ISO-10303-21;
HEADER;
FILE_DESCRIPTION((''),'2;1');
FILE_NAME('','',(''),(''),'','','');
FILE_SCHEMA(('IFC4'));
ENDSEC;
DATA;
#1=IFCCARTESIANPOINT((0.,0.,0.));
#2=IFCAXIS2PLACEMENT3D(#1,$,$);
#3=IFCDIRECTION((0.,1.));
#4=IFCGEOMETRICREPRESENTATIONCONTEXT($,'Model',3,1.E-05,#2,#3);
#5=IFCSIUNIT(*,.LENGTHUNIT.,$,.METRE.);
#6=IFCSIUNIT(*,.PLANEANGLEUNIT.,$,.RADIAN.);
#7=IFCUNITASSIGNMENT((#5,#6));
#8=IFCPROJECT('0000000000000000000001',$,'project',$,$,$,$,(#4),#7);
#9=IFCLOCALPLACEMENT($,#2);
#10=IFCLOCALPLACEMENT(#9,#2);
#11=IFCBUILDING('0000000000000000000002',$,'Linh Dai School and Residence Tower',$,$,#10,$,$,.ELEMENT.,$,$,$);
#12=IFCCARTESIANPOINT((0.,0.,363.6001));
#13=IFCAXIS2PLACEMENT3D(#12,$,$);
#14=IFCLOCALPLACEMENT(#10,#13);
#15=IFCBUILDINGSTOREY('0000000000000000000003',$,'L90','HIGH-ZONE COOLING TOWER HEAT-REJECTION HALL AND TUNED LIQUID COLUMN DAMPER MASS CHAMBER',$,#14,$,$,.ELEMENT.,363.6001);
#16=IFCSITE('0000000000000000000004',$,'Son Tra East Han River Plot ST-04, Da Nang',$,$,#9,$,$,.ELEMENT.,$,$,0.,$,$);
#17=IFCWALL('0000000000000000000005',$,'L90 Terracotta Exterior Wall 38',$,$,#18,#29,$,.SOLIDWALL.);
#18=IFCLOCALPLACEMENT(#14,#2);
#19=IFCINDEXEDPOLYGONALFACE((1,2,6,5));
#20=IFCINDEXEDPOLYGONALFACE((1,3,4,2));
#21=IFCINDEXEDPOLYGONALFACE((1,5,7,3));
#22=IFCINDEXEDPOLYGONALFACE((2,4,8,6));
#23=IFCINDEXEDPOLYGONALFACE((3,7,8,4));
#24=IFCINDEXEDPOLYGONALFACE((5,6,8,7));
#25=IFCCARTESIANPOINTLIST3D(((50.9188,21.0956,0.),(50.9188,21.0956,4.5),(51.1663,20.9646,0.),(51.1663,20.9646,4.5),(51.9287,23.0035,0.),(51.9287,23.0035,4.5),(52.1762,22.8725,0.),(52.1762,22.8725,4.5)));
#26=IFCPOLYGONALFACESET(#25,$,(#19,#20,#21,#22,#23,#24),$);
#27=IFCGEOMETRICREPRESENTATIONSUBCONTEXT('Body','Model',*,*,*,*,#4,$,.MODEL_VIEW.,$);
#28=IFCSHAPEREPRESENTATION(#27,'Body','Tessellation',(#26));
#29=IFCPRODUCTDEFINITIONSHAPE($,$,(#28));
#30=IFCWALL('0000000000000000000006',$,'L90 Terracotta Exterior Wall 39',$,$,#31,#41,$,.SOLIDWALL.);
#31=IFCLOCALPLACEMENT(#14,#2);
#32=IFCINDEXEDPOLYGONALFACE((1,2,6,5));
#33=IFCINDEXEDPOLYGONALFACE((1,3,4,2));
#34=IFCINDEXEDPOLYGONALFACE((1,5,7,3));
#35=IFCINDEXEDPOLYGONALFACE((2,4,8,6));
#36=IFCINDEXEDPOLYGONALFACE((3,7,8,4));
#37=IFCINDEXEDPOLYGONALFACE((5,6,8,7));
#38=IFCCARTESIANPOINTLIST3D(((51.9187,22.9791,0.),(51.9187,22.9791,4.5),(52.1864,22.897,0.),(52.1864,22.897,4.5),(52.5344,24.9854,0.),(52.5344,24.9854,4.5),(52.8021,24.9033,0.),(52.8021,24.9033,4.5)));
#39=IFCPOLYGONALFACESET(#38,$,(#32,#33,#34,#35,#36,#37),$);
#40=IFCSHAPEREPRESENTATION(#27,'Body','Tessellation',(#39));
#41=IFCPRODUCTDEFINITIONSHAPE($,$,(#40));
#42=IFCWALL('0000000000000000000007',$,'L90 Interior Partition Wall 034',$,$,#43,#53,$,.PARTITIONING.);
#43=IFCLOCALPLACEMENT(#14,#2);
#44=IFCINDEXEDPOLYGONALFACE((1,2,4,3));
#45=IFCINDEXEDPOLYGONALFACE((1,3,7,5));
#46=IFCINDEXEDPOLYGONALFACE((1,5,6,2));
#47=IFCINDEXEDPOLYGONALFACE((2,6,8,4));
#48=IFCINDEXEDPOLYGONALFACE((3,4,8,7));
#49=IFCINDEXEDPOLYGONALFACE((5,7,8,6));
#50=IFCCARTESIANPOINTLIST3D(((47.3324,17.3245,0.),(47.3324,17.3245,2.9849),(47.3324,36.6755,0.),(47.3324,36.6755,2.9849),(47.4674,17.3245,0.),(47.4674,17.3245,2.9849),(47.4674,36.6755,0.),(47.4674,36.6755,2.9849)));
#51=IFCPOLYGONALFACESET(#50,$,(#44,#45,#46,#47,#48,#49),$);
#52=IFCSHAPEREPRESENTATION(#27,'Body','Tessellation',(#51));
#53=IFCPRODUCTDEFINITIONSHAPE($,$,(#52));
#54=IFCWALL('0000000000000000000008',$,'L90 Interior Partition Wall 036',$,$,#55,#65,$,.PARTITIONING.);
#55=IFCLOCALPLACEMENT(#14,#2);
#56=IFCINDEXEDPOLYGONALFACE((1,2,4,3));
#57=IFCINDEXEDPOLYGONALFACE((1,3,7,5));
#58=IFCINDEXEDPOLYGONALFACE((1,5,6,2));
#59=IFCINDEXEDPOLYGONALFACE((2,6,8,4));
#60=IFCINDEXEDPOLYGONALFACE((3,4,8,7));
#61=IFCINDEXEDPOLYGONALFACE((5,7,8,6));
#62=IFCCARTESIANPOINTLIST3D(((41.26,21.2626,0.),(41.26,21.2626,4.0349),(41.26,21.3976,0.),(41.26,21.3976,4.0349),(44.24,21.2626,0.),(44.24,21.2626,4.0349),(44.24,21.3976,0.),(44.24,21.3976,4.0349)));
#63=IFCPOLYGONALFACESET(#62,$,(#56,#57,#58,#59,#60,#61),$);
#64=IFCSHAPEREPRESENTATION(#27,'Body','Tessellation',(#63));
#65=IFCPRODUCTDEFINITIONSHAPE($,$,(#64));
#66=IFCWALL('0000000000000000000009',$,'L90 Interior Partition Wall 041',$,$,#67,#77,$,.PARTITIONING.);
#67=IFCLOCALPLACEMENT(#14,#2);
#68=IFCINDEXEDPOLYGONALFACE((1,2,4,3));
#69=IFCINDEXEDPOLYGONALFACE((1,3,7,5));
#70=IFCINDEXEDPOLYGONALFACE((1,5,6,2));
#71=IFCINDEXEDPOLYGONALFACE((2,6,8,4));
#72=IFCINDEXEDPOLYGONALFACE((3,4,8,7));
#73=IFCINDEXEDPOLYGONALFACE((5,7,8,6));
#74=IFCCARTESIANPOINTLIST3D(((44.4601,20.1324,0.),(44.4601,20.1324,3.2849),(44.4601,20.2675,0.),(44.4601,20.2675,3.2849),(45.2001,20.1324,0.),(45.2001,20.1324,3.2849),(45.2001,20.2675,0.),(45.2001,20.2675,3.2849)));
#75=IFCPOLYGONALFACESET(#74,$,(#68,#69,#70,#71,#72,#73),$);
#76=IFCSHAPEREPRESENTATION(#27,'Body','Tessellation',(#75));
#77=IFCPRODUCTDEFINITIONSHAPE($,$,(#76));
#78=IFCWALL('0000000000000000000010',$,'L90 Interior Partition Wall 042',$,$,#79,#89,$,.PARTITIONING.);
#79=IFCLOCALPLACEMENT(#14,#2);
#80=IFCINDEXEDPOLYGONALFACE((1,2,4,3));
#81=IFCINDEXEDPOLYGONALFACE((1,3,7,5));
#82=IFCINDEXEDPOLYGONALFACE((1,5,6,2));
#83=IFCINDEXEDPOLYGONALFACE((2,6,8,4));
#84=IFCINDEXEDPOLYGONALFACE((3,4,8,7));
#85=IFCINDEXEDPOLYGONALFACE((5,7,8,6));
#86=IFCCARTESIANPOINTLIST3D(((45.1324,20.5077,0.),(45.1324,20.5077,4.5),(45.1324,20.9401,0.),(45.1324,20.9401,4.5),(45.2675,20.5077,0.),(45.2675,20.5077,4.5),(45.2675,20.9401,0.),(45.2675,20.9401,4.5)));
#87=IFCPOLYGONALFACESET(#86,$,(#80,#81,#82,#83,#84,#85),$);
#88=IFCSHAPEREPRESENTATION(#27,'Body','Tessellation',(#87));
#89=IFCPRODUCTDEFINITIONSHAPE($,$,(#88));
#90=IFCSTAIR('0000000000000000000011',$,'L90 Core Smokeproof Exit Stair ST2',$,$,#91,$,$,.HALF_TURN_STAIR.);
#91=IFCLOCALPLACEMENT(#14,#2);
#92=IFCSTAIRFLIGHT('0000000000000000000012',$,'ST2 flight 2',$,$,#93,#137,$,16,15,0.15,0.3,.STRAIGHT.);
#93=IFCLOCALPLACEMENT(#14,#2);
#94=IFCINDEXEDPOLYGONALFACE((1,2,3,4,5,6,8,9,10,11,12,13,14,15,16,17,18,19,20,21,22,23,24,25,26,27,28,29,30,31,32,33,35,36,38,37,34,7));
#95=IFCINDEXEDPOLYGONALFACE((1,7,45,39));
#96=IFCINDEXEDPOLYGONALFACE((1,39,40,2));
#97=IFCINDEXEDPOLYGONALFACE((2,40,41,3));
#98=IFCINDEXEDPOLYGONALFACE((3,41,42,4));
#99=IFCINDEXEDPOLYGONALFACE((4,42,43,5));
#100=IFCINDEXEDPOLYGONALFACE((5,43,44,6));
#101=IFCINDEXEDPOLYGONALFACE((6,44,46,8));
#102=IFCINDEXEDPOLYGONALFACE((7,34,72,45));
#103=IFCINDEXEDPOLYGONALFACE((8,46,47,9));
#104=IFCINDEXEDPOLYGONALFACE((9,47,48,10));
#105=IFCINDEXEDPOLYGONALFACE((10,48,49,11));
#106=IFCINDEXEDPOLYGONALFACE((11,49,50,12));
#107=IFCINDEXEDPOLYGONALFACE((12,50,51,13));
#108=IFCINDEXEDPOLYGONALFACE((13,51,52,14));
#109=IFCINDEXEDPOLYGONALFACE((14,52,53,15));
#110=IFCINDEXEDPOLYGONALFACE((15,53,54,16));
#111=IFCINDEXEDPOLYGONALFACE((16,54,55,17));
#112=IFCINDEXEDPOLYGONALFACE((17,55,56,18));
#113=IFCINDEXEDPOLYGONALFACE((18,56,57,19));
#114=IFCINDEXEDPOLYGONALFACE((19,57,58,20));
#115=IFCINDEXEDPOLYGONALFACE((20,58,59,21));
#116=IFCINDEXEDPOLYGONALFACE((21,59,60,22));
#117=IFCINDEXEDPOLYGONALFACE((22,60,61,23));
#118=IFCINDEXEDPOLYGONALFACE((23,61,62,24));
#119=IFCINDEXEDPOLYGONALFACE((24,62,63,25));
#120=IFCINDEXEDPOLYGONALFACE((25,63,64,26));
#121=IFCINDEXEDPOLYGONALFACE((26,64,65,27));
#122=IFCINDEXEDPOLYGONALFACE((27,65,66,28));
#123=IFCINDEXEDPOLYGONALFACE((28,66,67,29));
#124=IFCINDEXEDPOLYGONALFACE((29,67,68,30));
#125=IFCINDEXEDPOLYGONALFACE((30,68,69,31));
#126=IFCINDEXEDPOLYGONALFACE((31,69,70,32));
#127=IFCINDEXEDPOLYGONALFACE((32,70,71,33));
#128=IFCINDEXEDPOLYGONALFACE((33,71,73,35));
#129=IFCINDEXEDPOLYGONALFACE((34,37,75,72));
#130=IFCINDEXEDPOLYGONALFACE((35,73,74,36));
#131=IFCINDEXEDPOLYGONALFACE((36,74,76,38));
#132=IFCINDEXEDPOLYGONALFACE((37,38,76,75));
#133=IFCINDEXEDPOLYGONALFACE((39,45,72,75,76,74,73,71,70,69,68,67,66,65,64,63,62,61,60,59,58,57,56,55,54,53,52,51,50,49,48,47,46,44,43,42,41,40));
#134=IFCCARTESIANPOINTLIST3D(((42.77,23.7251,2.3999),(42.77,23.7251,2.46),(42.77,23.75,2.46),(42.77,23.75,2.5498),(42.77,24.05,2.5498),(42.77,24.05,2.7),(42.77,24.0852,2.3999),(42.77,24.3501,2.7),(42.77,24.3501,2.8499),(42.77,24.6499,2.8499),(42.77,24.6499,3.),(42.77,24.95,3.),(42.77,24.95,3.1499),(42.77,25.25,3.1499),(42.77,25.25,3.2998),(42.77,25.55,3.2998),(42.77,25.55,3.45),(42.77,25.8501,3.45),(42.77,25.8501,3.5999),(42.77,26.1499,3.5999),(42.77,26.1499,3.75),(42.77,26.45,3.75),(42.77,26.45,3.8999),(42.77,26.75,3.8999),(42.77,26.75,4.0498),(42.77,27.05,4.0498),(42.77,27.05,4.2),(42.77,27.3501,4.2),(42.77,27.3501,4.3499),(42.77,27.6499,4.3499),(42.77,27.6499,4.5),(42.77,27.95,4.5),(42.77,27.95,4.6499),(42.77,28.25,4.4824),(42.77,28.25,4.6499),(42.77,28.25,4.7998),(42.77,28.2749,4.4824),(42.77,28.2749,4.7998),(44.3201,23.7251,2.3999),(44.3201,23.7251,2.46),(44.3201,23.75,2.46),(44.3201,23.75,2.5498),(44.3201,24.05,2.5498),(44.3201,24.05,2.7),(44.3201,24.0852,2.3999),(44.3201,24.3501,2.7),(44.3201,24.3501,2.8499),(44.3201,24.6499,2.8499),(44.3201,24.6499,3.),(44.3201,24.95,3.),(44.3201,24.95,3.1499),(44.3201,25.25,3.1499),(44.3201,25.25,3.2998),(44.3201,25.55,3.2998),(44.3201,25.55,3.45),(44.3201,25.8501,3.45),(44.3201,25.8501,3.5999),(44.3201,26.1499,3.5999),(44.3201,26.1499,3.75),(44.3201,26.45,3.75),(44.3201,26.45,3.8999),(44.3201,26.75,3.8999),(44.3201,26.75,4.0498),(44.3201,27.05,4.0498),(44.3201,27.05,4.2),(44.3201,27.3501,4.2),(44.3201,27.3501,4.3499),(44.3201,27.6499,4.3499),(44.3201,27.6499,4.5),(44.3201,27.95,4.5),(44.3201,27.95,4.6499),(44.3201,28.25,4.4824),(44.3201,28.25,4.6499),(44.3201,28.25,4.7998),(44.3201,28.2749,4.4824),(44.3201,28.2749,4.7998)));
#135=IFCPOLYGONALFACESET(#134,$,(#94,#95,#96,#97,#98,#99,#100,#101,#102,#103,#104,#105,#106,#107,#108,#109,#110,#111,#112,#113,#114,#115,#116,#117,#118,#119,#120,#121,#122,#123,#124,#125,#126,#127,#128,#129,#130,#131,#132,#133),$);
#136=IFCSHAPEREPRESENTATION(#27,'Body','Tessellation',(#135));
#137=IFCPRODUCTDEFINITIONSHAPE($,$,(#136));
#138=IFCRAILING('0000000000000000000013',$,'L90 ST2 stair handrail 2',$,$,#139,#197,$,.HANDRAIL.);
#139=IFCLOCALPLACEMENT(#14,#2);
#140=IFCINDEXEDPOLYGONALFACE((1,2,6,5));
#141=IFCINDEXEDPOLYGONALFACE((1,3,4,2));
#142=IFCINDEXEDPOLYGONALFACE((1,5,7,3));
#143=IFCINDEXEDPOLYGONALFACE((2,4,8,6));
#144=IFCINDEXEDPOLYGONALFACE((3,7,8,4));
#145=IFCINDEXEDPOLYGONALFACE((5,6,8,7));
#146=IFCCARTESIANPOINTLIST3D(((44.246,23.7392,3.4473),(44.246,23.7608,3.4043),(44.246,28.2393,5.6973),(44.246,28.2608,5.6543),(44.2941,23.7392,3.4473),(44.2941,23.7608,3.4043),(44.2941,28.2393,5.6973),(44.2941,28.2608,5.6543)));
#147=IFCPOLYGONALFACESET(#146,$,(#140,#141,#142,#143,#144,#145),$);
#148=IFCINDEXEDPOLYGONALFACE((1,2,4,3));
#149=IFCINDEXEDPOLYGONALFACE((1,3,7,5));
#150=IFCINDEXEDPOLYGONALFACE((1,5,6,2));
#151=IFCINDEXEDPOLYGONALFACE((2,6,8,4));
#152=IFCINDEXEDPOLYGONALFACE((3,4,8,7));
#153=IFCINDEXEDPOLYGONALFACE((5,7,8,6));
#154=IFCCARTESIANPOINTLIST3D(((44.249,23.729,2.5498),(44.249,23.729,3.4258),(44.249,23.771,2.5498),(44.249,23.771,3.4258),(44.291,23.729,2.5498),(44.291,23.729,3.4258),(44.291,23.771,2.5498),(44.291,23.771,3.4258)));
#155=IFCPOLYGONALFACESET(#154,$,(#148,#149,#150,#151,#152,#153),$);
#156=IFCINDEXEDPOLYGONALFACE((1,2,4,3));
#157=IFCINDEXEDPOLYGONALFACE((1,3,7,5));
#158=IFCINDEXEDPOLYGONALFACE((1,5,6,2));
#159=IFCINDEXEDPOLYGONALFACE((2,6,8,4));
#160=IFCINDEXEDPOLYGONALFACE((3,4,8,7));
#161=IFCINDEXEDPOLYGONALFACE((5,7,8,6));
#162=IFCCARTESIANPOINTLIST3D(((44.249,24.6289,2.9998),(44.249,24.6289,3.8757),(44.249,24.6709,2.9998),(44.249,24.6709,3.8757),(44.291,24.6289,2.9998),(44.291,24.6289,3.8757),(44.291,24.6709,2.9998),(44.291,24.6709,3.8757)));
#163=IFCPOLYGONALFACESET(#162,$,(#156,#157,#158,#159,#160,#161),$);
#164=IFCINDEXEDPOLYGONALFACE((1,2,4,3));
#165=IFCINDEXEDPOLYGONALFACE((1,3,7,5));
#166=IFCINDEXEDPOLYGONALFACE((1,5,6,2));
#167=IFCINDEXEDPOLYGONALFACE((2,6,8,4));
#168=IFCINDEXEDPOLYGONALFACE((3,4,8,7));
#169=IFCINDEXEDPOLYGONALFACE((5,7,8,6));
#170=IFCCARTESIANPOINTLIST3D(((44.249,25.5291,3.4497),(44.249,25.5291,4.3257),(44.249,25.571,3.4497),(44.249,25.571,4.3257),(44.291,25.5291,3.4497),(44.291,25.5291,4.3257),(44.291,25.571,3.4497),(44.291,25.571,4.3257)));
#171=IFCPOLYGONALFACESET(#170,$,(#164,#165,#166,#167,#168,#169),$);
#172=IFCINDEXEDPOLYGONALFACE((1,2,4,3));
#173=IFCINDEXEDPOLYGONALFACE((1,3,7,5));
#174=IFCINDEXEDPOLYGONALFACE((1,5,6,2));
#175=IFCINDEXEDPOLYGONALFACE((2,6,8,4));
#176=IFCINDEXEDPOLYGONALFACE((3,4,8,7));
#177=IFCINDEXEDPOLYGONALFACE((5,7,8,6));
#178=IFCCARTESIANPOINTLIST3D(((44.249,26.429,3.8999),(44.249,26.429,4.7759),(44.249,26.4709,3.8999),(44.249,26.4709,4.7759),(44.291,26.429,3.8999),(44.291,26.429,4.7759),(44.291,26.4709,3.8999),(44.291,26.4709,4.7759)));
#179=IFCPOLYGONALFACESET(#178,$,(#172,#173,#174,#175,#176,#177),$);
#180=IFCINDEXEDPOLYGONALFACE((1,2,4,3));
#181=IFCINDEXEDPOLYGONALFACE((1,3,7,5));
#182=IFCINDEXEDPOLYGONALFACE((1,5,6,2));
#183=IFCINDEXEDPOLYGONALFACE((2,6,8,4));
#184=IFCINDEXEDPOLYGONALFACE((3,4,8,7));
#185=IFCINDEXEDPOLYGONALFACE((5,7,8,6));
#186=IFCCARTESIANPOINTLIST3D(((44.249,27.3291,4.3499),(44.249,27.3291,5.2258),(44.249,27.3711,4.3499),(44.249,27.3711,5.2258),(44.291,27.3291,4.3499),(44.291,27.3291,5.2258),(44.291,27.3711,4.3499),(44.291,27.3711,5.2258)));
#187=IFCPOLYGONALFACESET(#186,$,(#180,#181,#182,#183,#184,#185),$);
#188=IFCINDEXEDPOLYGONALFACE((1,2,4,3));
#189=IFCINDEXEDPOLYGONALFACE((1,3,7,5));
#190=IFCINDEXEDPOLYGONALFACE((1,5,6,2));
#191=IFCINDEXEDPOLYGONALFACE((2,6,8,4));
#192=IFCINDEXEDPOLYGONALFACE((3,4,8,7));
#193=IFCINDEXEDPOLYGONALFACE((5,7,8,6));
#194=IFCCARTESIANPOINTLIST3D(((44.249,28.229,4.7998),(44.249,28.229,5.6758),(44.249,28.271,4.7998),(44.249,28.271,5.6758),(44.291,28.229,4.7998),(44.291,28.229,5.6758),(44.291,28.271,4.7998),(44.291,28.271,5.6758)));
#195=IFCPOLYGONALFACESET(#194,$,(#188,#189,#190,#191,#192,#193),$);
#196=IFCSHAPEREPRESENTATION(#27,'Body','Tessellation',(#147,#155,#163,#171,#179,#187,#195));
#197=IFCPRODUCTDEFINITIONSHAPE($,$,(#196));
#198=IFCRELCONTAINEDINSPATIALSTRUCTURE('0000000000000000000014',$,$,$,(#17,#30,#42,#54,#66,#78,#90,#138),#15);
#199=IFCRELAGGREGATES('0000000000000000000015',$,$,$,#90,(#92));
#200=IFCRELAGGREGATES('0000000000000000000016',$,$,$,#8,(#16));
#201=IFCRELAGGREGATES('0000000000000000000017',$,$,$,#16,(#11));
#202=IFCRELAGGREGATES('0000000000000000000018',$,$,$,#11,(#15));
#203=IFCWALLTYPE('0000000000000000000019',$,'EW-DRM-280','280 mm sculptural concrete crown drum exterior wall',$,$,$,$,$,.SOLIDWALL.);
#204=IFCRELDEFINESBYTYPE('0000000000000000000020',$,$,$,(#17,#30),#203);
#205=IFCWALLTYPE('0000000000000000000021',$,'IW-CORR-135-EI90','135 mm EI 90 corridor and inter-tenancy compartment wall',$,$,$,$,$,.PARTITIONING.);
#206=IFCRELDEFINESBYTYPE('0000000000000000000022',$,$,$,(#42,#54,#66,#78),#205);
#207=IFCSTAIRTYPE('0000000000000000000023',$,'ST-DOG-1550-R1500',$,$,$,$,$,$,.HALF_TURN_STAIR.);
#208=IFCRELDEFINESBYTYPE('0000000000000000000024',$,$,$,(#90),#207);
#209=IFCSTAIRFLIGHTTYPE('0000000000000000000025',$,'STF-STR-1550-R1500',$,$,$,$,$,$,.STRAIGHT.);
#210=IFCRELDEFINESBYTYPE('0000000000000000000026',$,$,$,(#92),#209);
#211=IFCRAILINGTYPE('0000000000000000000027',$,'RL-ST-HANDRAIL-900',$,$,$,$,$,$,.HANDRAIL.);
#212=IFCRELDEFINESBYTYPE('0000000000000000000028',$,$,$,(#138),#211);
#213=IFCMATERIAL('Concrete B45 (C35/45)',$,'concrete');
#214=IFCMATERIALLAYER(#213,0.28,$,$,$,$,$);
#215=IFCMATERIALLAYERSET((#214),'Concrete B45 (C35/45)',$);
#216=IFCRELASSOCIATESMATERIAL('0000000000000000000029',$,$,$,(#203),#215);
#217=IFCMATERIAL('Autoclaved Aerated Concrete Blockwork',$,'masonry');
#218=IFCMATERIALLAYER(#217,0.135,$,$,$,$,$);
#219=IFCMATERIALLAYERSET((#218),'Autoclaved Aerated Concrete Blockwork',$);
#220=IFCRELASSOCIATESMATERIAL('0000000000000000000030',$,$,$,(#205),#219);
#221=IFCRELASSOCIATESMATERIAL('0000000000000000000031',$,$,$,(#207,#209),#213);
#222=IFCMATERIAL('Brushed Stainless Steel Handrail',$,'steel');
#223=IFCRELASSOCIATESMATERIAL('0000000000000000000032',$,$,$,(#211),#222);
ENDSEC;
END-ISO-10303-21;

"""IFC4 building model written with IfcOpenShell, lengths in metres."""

from ifc_helpers import new_model, si_unit, direction, frame, frame_2d, origin, origin_2d, place, context, subcontext, project, spatial, polyline, rectangle, outline, extrude, source, transform, mapped, material, layer, layer_set, type_object, element, aggregate, save


model = new_model("IFC4")

# Units and contexts
model_context = context("Model", 3, precision=1e-05, world=origin(), true_north=direction((0.0, 1.0)))
body_context = subcontext(model_context, "Body", "Model", "MODEL_VIEW")
ifc_project = project(units=[si_unit("LENGTHUNIT", "METRE"), si_unit("PLANEANGLEUNIT", "RADIAN")], contexts=[model_context])

# Site, building, storey
site_placement = place(None, origin())
site = spatial("IfcSite", under=ifc_project, at=site_placement, Name="Son Tra East Han River Plot ST-04, Da Nang", CompositionType="ELEMENT", RefElevation=0.0)
building_placement = place(site_placement, origin())
building = spatial("IfcBuilding", under=site, at=building_placement, Name="Linh Dai School and Residence Tower", CompositionType="ELEMENT")
storey_placement = place(building_placement, frame((0.0, 0.0, 363.6001)))
storey = spatial("IfcBuildingStorey", under=building, at=storey_placement, Name="L90", Description="HIGH-ZONE COOLING TOWER HEAT-REJECTION HALL AND TUNED LIQUID COLUMN DAMPER MASS CHAMBER", CompositionType="ELEMENT", Elevation=363.6001)

# Shared definitions
ifc_material_1 = material(Name="Concrete B45 (C35/45)", Category="concrete")

# Walls
ifc_layer_1 = layer(ifc_material_1, 0.28)
ifc_layer_set_1 = layer_set([ifc_layer_1], Name="Concrete B45 (C35/45)")
wall_type_1 = type_object("IfcWallType", Name="EW-DRM-280", Description="280 mm sculptural concrete crown drum exterior wall", PredefinedType="SOLIDWALL", material=ifc_layer_set_1)
wall_1_placement = place(storey_placement, frame((52.0525, 22.938, 0.0), z_axis=(0.0, 0.0, 1.0), x_axis=(-0.467857, -0.883804, 0.0)))
element("IfcWall", 1, at=wall_1_placement, inside=storey, type_object=wall_type_1, Name="L90 Terracotta Exterior Wall 38", PredefinedType="SOLIDWALL", context=body_context, shape_type="SweptSolid", body=[
    extrude(rectangle(XDim=2.1587, YDim=0.28, at=frame_2d((1.0793, 0.0))), origin(), (0.0, 0.0, 1.0), 4.5),
])
wall_2_placement = place(storey_placement, frame((52.6682, 24.9443, 0.0), z_axis=(0.0, 0.0, 1.0), x_axis=(-0.293383, -0.955995, 0.0)))
element("IfcWall", 2, at=wall_2_placement, inside=storey, type_object=wall_type_1, Name="L90 Terracotta Exterior Wall 39", PredefinedType="SOLIDWALL", context=body_context, shape_type="SweptSolid", body=[
    extrude(rectangle(XDim=2.0986, YDim=0.28, at=frame_2d((1.0493, 0.0))), origin(), (0.0, 0.0, 1.0), 4.5),
])
ifc_material_2 = material(Name="Autoclaved Aerated Concrete Blockwork", Category="masonry")
ifc_layer_2 = layer(ifc_material_2, 0.135)
ifc_layer_set_2 = layer_set([ifc_layer_2], Name="Autoclaved Aerated Concrete Blockwork")
wall_type_2 = type_object("IfcWallType", Name="IW-CORR-135-EI90", Description="135 mm EI 90 corridor and inter-tenancy compartment wall", PredefinedType="PARTITIONING", material=ifc_layer_set_2)
wall_3_placement = place(storey_placement, frame((47.3999, 17.3245, 0.0), z_axis=(0.0, 0.0, 1.0), x_axis=(0.0, 1.0, 0.0)))
element("IfcWall", 3, at=wall_3_placement, inside=storey, type_object=wall_type_2, Name="L90 Interior Partition Wall 034", PredefinedType="PARTITIONING", context=body_context, shape_type="SweptSolid", body=[
    extrude(rectangle(XDim=19.3511, YDim=0.135, at=frame_2d((9.6755, 0.0))), origin(), (0.0, 0.0, 1.0), 2.9849),
])
wall_4_placement = place(storey_placement, frame((44.24, 21.3301, 0.0), z_axis=(0.0, 0.0, 1.0), x_axis=(-1.0, 0.0, 0.0)))
element("IfcWall", 4, at=wall_4_placement, inside=storey, type_object=wall_type_2, Name="L90 Interior Partition Wall 036", PredefinedType="PARTITIONING", context=body_context, shape_type="SweptSolid", body=[
    extrude(rectangle(XDim=2.98, YDim=0.135, at=frame_2d((1.49, 0.0))), origin(), (0.0, 0.0, 1.0), 4.0349),
])
wall_5_placement = place(storey_placement, frame((44.46, 20.2, 0.0), z_axis=(0.0, 0.0, 1.0), x_axis=(1.0, 0.0, 0.0)))
element("IfcWall", 5, at=wall_5_placement, inside=storey, type_object=wall_type_2, Name="L90 Interior Partition Wall 041", PredefinedType="PARTITIONING", context=body_context, shape_type="SweptSolid", body=[
    extrude(rectangle(XDim=0.74, YDim=0.135, at=frame_2d((0.3701, 0.0))), origin(), (0.0, 0.0, 1.0), 3.2849),
])
wall_6_placement = place(storey_placement, frame((45.2, 20.5076, 0.0), z_axis=(0.0, 0.0, 1.0), x_axis=(0.0, 1.0, 0.0)))
element("IfcWall", 6, at=wall_6_placement, inside=storey, type_object=wall_type_2, Name="L90 Interior Partition Wall 042", PredefinedType="PARTITIONING", context=body_context, shape_type="SweptSolid", body=[
    extrude(rectangle(XDim=0.4324, YDim=0.135, at=frame_2d((0.2163, 0.0))), origin(), (0.0, 0.0, 1.0), 4.5),
])

# Stair, stair flight
stair_type = type_object("IfcStairType", Name="ST-DOG-1550-R1500", PredefinedType="HALF_TURN_STAIR", material=ifc_material_1)
stair_placement = place(storey_placement, origin())
stair = element("IfcStair", 7, at=stair_placement, inside=storey, type_object=stair_type, Name="L90 Core Smokeproof Exit Stair ST2", PredefinedType="HALF_TURN_STAIR")
stair_flight_type = type_object("IfcStairFlightType", Name="STF-STR-1550-R1500", PredefinedType="STRAIGHT", material=ifc_material_1)
shared_shape_1 = source(origin(), body_context, "Body", "SweptSolid", [
    extrude(outline(polyline([(-0.0249, 0.0), (-0.0249, 0.0601), (0.0, 0.0601), (0.0, 0.1499), (0.3, 0.1499), (0.3, 0.3), (0.6001, 0.3), (0.6001, 0.45), (0.8999, 0.45), (0.8999, 0.6001), (1.2, 0.6001), (1.2, 0.75), (1.5, 0.75), (1.5, 0.8999), (1.8, 0.8999), (1.8, 1.05), (2.1001, 1.05), (2.1001, 1.2), (2.3999, 1.2), (2.3999, 1.3501), (2.7, 1.3501), (2.7, 1.5), (3.0, 1.5), (3.0, 1.6499), (3.3, 1.6499), (3.3, 1.8), (3.6001, 1.8), (3.6001, 1.95), (3.8999, 1.95), (3.8999, 2.1001), (4.2, 2.1001), (4.2, 2.25), (4.5, 2.25), (4.5, 2.3999), (4.5249, 2.3999), (4.5249, 2.0825), (4.5, 2.0825), (0.3352, 0.0), (-0.0249, 0.0)])), frame((0.0, 0.7749, 0.0), z_axis=(0.0, -1.0, 0.0), x_axis=(1.0, 0.0, 0.0)), (0.0, 0.0, 1.0), 1.55),
])
stair_flight_placement = place(storey_placement, frame((43.5449, 23.75, 2.3999), z_axis=(0.0, 0.0, 1.0), x_axis=(0.0, 1.0, 0.0)))
stair_flight = element("IfcStairFlight", 8, at=stair_flight_placement, type_object=stair_flight_type, Name="ST2 flight 2", NumberOfRisers=16, NumberOfTreads=15, PredefinedType="STRAIGHT", RiserHeight=0.15, TreadLength=0.3, context=body_context, shape_type="MappedRepresentation", body=[
    mapped(shared_shape_1, transform((0.0, 0.0, 0.0), x_axis=(1.0, 0.0, 0.0), y_axis=(0.0, 1.0, 0.0), z_axis=(0.0, 0.0, 1.0), scale=1.0)),
])
aggregate(stair, [stair_flight])

# Railing
ifc_material_3 = material(Name="Brushed Stainless Steel Handrail", Category="steel")
railing_type_1 = type_object("IfcRailingType", Name="RL-ST-HANDRAIL-900", PredefinedType="HANDRAIL", material=ifc_material_3)
shared_shape_2 = source(origin(), body_context, "Body", "SweptSolid", [
    extrude(rectangle(XDim=0.0481, YDim=0.0481, at=origin_2d()), frame((0.0, 0.0, 0.876), z_axis=(0.0, 0.894427, 0.447214), x_axis=(-1.0, 0.0, 0.0)), (0.0, 0.0, 1.0), 5.0312),
    extrude(rectangle(XDim=0.042, YDim=0.042, at=origin_2d()), origin(), (0.0, 0.0, 1.0), 0.876),
    extrude(rectangle(XDim=0.042, YDim=0.042, at=origin_2d()), frame((0.0, 0.8999, 0.45)), (0.0, 0.0, 1.0), 0.876),
    extrude(rectangle(XDim=0.042, YDim=0.042, at=origin_2d()), frame((0.0, 1.8, 0.8999)), (0.0, 0.0, 1.0), 0.876),
    extrude(rectangle(XDim=0.042, YDim=0.042, at=origin_2d()), frame((0.0, 2.7, 1.3501)), (0.0, 0.0, 1.0), 0.876),
    extrude(rectangle(XDim=0.042, YDim=0.042, at=origin_2d()), frame((0.0, 3.6001, 1.8)), (0.0, 0.0, 1.0), 0.876),
    extrude(rectangle(XDim=0.042, YDim=0.042, at=origin_2d()), frame((0.0, 4.5, 2.25)), (0.0, 0.0, 1.0), 0.876),
])
railing_1_placement = place(storey_placement, frame((44.27, 23.75, 2.5498)))
element("IfcRailing", 9, at=railing_1_placement, inside=storey, type_object=railing_type_1, Name="L90 ST2 stair handrail 2", PredefinedType="HANDRAIL", context=body_context, shape_type="MappedRepresentation", body=[
    mapped(shared_shape_2, transform((0.0, 0.0, 0.0), x_axis=(1.0, 0.0, 0.0), y_axis=(0.0, 1.0, 0.0), z_axis=(0.0, 0.0, 1.0), scale=1.0)),
])

save(model, "model.ifc")
